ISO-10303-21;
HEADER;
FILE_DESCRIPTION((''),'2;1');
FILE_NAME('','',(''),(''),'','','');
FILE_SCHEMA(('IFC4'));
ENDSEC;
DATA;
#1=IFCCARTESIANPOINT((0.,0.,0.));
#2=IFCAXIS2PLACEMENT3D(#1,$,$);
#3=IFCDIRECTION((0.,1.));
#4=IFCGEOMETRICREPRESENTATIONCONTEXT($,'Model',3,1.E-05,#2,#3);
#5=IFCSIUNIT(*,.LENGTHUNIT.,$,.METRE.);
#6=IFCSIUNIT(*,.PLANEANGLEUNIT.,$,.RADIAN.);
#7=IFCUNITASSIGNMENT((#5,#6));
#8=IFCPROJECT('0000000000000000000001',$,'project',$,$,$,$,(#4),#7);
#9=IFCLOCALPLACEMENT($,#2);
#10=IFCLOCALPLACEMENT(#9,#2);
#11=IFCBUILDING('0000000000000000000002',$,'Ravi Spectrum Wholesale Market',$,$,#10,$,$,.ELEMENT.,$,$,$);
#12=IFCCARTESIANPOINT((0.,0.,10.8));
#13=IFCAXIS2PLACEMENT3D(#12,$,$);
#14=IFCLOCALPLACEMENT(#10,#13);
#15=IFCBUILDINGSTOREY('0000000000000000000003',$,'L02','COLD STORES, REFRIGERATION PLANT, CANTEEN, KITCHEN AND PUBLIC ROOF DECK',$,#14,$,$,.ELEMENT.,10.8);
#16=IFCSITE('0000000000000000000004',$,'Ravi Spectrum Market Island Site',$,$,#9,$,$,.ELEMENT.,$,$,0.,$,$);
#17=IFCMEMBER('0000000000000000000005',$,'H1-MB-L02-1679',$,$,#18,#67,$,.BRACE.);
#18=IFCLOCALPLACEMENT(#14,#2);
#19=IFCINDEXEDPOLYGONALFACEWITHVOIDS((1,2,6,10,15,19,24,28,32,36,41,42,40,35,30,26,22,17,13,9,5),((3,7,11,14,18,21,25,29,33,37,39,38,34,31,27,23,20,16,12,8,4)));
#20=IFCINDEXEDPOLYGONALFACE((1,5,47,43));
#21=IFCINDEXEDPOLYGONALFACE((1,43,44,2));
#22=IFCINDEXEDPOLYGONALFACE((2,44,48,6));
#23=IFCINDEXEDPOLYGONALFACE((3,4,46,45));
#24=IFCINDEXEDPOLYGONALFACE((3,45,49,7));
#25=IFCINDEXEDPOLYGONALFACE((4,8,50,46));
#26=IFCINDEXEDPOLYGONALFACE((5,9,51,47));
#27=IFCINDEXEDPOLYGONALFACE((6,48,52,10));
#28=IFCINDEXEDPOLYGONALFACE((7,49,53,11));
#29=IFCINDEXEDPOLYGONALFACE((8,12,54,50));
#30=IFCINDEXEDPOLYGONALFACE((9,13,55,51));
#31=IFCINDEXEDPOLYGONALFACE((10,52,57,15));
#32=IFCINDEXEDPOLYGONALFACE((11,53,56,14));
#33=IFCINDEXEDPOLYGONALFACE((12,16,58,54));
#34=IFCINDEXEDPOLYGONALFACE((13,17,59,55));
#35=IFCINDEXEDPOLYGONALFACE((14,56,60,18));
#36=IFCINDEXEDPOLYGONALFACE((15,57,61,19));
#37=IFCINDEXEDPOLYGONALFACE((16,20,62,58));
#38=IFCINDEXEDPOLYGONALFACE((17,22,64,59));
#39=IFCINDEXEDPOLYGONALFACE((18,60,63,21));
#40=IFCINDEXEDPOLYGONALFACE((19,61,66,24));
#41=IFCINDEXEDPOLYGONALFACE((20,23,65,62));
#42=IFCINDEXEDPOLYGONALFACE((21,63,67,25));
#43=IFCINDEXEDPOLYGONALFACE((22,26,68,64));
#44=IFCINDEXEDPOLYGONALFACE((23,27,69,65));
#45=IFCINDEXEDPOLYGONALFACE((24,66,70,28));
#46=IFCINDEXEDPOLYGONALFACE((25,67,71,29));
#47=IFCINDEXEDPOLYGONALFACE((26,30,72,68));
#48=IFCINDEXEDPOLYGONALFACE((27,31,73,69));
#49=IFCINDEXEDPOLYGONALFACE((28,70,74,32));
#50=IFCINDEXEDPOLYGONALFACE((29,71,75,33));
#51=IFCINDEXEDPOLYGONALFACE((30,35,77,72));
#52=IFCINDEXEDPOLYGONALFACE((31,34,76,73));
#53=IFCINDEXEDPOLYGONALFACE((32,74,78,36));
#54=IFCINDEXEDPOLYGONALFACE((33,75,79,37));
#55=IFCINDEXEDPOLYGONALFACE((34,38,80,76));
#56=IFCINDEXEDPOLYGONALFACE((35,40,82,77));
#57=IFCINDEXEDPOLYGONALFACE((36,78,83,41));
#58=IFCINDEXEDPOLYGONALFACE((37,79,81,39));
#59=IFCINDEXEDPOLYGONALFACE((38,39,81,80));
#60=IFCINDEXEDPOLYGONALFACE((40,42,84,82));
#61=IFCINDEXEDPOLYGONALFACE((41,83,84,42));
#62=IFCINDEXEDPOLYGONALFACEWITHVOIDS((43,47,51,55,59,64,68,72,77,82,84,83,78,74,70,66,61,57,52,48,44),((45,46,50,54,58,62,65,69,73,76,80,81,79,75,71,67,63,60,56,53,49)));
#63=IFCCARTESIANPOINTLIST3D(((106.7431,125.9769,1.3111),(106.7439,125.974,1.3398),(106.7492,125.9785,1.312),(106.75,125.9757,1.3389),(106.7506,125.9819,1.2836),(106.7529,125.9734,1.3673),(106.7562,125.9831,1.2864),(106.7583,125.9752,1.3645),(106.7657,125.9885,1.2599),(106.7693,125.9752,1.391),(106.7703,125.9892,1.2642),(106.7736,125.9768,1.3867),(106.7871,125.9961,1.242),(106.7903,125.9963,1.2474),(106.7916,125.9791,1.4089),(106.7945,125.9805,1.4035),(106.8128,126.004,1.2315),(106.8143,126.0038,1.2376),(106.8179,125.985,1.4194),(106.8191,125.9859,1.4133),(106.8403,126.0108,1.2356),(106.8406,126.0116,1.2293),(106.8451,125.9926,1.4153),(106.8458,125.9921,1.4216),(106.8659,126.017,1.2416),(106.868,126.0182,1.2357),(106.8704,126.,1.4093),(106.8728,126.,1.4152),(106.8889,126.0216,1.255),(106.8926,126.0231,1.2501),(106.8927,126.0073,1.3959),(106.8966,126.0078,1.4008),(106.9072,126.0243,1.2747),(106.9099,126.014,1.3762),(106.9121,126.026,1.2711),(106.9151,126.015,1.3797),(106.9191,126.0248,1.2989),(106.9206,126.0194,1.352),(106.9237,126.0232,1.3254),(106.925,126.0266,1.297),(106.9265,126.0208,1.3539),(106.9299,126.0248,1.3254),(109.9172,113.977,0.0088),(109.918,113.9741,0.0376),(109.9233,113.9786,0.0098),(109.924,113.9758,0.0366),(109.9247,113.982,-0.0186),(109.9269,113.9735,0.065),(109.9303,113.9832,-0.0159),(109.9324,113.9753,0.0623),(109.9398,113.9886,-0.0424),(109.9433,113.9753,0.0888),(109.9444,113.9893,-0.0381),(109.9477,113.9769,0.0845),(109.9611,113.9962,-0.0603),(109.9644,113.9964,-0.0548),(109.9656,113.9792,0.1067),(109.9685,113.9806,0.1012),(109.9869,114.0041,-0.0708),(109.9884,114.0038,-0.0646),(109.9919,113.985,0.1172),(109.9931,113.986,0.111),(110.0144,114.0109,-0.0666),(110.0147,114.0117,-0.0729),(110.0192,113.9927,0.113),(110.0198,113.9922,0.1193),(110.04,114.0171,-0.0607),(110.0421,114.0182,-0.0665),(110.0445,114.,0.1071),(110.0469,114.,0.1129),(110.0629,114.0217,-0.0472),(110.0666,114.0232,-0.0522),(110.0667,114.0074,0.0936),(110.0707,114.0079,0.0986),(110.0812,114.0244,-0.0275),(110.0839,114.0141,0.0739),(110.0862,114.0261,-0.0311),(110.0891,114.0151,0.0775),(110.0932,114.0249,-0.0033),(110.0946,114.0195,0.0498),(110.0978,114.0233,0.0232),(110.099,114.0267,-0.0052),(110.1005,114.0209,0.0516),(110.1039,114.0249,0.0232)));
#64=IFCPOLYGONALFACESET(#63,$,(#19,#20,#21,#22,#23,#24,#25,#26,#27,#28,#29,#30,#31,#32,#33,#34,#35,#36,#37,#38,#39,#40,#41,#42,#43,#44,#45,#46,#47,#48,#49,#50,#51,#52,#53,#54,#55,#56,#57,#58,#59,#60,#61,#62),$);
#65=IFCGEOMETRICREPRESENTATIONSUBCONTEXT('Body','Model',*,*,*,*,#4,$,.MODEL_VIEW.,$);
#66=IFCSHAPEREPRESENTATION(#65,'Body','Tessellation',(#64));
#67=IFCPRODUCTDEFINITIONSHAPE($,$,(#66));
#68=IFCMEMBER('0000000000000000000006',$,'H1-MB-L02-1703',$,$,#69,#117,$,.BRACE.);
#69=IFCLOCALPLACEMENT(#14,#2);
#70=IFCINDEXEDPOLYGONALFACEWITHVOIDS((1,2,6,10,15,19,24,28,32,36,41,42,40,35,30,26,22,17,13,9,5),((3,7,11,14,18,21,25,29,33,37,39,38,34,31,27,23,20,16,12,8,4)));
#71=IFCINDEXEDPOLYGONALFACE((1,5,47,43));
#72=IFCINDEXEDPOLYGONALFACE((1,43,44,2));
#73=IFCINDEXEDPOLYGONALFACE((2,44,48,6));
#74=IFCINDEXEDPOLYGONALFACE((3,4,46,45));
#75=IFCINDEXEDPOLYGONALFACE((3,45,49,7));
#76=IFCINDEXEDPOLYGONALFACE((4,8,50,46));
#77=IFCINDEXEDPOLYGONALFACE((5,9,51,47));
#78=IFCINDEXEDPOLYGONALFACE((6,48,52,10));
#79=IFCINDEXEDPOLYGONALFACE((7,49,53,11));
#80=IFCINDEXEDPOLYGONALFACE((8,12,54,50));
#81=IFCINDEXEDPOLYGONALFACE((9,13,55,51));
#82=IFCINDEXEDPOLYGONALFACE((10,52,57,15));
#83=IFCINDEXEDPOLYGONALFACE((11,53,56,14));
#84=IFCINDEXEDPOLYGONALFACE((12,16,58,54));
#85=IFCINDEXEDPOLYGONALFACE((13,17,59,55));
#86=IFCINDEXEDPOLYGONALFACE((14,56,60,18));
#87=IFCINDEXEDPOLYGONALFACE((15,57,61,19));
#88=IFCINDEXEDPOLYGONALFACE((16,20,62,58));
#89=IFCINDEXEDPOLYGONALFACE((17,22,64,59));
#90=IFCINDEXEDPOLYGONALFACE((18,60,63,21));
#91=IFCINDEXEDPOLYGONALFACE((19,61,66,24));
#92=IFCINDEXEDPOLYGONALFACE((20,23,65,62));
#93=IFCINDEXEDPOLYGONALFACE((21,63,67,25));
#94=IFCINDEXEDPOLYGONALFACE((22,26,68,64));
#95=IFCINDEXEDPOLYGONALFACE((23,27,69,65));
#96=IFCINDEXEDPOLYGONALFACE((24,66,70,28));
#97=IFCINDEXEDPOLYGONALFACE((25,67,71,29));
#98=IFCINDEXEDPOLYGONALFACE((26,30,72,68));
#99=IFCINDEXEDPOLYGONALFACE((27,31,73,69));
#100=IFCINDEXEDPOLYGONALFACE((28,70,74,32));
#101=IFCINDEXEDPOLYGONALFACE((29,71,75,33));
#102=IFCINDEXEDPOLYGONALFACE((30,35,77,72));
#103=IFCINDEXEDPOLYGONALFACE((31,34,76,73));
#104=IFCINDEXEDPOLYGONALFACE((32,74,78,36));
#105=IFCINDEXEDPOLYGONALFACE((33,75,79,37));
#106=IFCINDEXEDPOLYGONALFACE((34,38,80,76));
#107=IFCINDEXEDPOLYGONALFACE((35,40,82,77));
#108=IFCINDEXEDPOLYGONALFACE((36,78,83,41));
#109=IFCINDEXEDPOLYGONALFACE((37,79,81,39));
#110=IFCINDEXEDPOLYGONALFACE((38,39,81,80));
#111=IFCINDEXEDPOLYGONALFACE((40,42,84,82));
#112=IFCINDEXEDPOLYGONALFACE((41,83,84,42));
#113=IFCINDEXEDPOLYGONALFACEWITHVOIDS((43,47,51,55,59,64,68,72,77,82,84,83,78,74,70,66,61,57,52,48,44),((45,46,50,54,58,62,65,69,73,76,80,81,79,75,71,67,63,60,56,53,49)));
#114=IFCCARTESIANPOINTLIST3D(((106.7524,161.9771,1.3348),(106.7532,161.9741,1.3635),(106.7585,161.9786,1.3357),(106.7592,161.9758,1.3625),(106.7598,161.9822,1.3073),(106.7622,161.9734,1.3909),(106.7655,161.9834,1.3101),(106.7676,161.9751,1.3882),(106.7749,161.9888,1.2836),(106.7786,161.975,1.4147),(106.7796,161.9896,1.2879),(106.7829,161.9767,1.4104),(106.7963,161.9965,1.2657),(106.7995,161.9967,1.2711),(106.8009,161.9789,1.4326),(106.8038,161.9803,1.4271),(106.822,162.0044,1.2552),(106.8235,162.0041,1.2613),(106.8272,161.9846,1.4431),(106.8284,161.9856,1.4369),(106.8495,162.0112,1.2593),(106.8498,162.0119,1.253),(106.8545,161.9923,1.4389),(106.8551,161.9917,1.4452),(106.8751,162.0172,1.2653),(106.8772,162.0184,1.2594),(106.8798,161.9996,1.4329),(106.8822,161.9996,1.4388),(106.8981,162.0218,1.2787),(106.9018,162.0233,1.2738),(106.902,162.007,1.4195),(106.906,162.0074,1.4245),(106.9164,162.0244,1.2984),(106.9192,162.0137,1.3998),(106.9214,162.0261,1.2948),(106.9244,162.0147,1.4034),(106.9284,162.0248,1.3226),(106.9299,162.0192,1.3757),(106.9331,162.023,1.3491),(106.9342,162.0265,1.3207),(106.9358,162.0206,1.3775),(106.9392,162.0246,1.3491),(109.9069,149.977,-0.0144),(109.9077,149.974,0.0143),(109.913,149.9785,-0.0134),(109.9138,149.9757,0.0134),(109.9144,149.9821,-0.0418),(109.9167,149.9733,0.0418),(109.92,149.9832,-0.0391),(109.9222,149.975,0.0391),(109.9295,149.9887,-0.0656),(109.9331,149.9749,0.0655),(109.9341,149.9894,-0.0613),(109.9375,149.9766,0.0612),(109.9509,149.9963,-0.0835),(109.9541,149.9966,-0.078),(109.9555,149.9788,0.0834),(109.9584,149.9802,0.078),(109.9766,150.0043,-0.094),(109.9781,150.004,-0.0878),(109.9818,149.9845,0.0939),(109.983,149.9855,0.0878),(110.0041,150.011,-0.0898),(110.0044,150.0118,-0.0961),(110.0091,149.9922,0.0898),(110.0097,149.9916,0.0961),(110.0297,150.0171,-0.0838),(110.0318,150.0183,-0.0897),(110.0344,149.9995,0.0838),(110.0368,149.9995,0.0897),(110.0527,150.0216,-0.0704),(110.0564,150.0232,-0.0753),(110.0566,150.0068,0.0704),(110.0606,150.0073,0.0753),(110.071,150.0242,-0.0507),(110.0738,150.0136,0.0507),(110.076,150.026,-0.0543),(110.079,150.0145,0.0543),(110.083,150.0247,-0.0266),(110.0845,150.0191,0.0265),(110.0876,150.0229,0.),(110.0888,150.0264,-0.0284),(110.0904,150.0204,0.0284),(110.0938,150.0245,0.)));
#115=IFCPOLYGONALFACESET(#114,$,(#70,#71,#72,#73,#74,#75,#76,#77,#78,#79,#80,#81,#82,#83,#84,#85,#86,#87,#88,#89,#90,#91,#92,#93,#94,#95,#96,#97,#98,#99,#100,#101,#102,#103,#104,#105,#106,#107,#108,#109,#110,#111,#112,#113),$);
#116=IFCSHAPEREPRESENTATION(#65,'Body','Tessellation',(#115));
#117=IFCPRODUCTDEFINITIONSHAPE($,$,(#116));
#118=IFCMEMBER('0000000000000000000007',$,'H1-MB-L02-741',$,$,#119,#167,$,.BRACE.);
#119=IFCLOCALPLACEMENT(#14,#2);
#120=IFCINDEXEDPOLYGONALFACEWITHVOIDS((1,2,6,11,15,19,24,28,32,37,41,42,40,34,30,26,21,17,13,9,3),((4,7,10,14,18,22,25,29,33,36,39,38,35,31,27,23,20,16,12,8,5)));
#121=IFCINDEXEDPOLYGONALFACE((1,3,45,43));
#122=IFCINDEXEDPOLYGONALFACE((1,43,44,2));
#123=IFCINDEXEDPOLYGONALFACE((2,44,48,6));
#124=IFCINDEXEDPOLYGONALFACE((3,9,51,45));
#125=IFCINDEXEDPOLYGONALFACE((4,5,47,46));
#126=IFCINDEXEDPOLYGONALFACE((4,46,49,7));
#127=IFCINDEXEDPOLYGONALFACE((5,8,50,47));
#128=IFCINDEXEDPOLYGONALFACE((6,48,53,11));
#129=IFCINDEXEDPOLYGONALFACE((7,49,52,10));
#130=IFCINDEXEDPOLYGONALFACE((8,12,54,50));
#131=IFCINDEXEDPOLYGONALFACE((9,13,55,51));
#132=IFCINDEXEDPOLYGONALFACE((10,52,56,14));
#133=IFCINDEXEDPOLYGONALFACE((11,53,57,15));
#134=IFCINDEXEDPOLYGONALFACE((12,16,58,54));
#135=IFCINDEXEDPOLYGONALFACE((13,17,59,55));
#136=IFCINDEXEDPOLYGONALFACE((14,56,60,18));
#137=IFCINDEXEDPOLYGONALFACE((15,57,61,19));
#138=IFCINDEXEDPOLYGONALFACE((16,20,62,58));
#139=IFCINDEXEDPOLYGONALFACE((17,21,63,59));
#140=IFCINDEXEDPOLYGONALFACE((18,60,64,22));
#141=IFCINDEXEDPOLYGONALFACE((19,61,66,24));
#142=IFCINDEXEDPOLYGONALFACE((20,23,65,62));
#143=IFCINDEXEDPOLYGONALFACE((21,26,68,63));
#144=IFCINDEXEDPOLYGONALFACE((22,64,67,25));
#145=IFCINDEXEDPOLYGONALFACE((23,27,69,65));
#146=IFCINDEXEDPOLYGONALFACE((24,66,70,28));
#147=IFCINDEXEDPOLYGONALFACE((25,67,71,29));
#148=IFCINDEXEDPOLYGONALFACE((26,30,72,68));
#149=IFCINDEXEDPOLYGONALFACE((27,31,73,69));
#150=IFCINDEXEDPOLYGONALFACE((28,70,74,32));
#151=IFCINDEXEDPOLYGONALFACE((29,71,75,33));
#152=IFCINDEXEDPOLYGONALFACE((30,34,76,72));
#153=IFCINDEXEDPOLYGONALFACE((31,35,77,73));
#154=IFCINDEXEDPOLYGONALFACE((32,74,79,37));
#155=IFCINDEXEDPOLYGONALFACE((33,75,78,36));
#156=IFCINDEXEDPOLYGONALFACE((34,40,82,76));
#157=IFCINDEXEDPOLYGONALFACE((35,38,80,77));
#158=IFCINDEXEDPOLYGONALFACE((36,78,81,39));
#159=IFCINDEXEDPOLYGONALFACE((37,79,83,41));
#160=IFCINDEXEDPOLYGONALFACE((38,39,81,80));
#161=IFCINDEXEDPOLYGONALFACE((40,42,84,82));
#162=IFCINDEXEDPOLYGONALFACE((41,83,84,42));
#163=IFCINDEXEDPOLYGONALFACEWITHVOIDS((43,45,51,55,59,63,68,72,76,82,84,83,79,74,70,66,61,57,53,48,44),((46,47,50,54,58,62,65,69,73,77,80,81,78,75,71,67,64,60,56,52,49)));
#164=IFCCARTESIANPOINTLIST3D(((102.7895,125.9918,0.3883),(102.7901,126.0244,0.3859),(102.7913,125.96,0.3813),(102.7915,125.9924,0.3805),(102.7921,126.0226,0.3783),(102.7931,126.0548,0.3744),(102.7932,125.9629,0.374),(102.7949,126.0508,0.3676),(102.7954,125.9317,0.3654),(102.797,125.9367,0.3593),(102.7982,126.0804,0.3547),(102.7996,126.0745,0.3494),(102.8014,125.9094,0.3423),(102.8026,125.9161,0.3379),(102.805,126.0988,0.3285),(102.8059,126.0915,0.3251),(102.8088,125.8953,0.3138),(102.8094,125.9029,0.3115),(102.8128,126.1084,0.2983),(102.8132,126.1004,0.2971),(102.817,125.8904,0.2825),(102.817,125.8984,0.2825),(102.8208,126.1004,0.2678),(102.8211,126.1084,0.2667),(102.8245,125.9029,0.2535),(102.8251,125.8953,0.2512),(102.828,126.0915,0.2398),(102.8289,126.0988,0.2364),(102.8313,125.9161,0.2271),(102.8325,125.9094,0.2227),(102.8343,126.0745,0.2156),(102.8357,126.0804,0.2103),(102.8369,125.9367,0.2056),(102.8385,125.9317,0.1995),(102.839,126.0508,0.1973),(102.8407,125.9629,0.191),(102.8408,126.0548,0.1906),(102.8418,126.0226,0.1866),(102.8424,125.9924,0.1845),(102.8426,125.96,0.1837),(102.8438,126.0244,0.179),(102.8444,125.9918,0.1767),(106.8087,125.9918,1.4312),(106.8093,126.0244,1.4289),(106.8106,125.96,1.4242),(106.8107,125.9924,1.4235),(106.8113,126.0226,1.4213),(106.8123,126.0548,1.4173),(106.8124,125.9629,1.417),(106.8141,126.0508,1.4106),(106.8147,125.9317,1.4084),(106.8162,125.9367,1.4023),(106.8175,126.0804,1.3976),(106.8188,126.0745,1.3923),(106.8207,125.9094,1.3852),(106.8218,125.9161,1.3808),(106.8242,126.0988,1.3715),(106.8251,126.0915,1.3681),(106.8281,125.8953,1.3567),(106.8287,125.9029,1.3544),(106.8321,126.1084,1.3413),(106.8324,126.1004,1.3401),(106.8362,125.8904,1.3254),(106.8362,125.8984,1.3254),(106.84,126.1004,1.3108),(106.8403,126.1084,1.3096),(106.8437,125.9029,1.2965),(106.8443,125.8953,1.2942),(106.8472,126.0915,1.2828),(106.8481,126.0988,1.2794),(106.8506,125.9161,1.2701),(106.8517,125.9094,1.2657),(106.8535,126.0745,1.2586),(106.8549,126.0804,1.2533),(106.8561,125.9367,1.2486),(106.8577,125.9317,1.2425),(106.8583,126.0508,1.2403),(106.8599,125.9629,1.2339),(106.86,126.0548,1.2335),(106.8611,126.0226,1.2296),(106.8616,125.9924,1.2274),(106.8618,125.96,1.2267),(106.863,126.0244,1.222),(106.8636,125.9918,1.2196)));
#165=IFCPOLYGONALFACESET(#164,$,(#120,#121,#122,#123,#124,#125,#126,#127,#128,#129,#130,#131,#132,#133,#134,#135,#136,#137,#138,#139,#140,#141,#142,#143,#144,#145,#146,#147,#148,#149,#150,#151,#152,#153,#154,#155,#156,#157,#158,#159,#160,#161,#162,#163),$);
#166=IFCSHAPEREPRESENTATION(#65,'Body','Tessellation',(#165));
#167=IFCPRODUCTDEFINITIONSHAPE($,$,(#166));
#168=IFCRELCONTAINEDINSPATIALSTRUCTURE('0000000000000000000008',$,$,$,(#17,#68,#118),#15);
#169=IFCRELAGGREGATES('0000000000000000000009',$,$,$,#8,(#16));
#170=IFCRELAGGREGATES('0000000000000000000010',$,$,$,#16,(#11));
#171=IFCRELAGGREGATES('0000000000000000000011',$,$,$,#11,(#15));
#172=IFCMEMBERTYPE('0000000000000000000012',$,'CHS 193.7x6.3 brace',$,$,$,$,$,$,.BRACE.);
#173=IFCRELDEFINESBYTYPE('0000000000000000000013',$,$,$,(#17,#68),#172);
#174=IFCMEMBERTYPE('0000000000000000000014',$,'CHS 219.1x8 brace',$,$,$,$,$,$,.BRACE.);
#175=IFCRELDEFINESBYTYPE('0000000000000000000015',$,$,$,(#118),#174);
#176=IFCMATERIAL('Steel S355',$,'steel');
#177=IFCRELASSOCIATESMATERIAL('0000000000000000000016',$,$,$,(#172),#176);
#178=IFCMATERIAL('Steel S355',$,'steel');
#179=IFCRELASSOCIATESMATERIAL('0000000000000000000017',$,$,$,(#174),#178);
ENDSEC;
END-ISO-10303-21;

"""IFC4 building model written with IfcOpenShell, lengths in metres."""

from ifc_helpers import new_model, si_unit, direction, frame, origin, origin_2d, place, context, subcontext, project, spatial, hollow_circle, extrude, material, material_profile, profile_set, type_object, element, save


model = new_model("IFC4")

# Units and contexts
model_context = context("Model", 3, precision=1e-05, world=origin(), true_north=direction((0.0, 1.0)))
body_context = subcontext(model_context, "Body", "Model", "MODEL_VIEW")
ifc_project = project(units=[si_unit("LENGTHUNIT", "METRE"), si_unit("PLANEANGLEUNIT", "RADIAN")], contexts=[model_context])

# Site, building, storey
site_placement = place(None, origin())
site = spatial("IfcSite", under=ifc_project, at=site_placement, Name="Ravi Spectrum Market Island Site", CompositionType="ELEMENT", RefElevation=0.0)
building_placement = place(site_placement, origin())
building = spatial("IfcBuilding", under=site, at=building_placement, Name="Ravi Spectrum Wholesale Market", CompositionType="ELEMENT")
storey_placement = place(building_placement, frame((0.0, 0.0, 10.8)))
storey = spatial("IfcBuildingStorey", under=building, at=storey_placement, Name="L02", Description="COLD STORES, REFRIGERATION PLANT, CANTEEN, KITCHEN AND PUBLIC ROOF DECK", CompositionType="ELEMENT", Elevation=10.8)

# Members
ifc_material_1 = material(Name="Steel S355", Category="steel")
ifc_material_profile_1 = material_profile(ifc_material_1, hollow_circle(Radius=0.0969, WallThickness=0.0063, at=origin_2d()))
ifc_profile_set_1 = profile_set([ifc_material_profile_1], Name="Steel S355")
member_type_1 = type_object("IfcMemberType", Name="CHS 193.7x6.3 brace", PredefinedType="BRACE", material=ifc_profile_set_1)
member_1_placement = place(storey_placement, frame((106.8362, 126.0, 1.3254), z_axis=(0.254316, -0.961476, -0.10434), x_axis=(0.966753, 0.255712, 0.0)))
element("IfcMember", 1, at=member_1_placement, inside=storey, type_object=member_type_1, Name="H1-MB-L02-1679", PredefinedType="BRACE", context=body_context, shape_type="SweptSolid", body=[
    extrude(hollow_circle(Radius=0.0969, WallThickness=0.0063, at=origin_2d()), origin(), (0.0, 0.0, 1.0), 12.4807),
])
member_2_placement = place(storey_placement, frame((106.8455, 162.0, 1.3491), z_axis=(0.252751, -0.961474, -0.108095), x_axis=(0.967141, 0.254241, 0.0)))
element("IfcMember", 2, at=member_2_placement, inside=storey, type_object=member_type_1, Name="H1-MB-L02-1703", PredefinedType="BRACE", context=body_context, shape_type="SweptSolid", body=[
    extrude(hollow_circle(Radius=0.0969, WallThickness=0.0063, at=origin_2d()), origin(), (0.0, 0.0, 1.0), 12.481),
])
ifc_material_2 = material(Name="Steel S355", Category="steel")
ifc_material_profile_2 = material_profile(ifc_material_2, hollow_circle(Radius=0.1096, WallThickness=0.0081, at=origin_2d()))
ifc_profile_set_2 = profile_set([ifc_material_profile_2], Name="Steel S355")
member_type_2 = type_object("IfcMemberType", Name="CHS 219.1x8 brace", PredefinedType="BRACE", material=ifc_profile_set_2)
for number, where, z_axis, x_axis, name in (
    (3, (106.8362, 126.0, 1.3254), (-0.967942, 0.0, -0.251172), (0.0, -1.0, 0.0), "H1-MB-L02-741"),
):
    element("IfcMember", number, at=place(storey_placement, frame(where, z_axis=z_axis, x_axis=x_axis)), inside=storey, type_object=member_type_2, Name=name, PredefinedType="BRACE", context=body_context, shape_type="SweptSolid", body=[
        extrude(hollow_circle(Radius=0.1096, WallThickness=0.0081, at=origin_2d()), origin(), (0.0, 0.0, 1.0), 4.1523),
    ])

save(model, "model.ifc")
